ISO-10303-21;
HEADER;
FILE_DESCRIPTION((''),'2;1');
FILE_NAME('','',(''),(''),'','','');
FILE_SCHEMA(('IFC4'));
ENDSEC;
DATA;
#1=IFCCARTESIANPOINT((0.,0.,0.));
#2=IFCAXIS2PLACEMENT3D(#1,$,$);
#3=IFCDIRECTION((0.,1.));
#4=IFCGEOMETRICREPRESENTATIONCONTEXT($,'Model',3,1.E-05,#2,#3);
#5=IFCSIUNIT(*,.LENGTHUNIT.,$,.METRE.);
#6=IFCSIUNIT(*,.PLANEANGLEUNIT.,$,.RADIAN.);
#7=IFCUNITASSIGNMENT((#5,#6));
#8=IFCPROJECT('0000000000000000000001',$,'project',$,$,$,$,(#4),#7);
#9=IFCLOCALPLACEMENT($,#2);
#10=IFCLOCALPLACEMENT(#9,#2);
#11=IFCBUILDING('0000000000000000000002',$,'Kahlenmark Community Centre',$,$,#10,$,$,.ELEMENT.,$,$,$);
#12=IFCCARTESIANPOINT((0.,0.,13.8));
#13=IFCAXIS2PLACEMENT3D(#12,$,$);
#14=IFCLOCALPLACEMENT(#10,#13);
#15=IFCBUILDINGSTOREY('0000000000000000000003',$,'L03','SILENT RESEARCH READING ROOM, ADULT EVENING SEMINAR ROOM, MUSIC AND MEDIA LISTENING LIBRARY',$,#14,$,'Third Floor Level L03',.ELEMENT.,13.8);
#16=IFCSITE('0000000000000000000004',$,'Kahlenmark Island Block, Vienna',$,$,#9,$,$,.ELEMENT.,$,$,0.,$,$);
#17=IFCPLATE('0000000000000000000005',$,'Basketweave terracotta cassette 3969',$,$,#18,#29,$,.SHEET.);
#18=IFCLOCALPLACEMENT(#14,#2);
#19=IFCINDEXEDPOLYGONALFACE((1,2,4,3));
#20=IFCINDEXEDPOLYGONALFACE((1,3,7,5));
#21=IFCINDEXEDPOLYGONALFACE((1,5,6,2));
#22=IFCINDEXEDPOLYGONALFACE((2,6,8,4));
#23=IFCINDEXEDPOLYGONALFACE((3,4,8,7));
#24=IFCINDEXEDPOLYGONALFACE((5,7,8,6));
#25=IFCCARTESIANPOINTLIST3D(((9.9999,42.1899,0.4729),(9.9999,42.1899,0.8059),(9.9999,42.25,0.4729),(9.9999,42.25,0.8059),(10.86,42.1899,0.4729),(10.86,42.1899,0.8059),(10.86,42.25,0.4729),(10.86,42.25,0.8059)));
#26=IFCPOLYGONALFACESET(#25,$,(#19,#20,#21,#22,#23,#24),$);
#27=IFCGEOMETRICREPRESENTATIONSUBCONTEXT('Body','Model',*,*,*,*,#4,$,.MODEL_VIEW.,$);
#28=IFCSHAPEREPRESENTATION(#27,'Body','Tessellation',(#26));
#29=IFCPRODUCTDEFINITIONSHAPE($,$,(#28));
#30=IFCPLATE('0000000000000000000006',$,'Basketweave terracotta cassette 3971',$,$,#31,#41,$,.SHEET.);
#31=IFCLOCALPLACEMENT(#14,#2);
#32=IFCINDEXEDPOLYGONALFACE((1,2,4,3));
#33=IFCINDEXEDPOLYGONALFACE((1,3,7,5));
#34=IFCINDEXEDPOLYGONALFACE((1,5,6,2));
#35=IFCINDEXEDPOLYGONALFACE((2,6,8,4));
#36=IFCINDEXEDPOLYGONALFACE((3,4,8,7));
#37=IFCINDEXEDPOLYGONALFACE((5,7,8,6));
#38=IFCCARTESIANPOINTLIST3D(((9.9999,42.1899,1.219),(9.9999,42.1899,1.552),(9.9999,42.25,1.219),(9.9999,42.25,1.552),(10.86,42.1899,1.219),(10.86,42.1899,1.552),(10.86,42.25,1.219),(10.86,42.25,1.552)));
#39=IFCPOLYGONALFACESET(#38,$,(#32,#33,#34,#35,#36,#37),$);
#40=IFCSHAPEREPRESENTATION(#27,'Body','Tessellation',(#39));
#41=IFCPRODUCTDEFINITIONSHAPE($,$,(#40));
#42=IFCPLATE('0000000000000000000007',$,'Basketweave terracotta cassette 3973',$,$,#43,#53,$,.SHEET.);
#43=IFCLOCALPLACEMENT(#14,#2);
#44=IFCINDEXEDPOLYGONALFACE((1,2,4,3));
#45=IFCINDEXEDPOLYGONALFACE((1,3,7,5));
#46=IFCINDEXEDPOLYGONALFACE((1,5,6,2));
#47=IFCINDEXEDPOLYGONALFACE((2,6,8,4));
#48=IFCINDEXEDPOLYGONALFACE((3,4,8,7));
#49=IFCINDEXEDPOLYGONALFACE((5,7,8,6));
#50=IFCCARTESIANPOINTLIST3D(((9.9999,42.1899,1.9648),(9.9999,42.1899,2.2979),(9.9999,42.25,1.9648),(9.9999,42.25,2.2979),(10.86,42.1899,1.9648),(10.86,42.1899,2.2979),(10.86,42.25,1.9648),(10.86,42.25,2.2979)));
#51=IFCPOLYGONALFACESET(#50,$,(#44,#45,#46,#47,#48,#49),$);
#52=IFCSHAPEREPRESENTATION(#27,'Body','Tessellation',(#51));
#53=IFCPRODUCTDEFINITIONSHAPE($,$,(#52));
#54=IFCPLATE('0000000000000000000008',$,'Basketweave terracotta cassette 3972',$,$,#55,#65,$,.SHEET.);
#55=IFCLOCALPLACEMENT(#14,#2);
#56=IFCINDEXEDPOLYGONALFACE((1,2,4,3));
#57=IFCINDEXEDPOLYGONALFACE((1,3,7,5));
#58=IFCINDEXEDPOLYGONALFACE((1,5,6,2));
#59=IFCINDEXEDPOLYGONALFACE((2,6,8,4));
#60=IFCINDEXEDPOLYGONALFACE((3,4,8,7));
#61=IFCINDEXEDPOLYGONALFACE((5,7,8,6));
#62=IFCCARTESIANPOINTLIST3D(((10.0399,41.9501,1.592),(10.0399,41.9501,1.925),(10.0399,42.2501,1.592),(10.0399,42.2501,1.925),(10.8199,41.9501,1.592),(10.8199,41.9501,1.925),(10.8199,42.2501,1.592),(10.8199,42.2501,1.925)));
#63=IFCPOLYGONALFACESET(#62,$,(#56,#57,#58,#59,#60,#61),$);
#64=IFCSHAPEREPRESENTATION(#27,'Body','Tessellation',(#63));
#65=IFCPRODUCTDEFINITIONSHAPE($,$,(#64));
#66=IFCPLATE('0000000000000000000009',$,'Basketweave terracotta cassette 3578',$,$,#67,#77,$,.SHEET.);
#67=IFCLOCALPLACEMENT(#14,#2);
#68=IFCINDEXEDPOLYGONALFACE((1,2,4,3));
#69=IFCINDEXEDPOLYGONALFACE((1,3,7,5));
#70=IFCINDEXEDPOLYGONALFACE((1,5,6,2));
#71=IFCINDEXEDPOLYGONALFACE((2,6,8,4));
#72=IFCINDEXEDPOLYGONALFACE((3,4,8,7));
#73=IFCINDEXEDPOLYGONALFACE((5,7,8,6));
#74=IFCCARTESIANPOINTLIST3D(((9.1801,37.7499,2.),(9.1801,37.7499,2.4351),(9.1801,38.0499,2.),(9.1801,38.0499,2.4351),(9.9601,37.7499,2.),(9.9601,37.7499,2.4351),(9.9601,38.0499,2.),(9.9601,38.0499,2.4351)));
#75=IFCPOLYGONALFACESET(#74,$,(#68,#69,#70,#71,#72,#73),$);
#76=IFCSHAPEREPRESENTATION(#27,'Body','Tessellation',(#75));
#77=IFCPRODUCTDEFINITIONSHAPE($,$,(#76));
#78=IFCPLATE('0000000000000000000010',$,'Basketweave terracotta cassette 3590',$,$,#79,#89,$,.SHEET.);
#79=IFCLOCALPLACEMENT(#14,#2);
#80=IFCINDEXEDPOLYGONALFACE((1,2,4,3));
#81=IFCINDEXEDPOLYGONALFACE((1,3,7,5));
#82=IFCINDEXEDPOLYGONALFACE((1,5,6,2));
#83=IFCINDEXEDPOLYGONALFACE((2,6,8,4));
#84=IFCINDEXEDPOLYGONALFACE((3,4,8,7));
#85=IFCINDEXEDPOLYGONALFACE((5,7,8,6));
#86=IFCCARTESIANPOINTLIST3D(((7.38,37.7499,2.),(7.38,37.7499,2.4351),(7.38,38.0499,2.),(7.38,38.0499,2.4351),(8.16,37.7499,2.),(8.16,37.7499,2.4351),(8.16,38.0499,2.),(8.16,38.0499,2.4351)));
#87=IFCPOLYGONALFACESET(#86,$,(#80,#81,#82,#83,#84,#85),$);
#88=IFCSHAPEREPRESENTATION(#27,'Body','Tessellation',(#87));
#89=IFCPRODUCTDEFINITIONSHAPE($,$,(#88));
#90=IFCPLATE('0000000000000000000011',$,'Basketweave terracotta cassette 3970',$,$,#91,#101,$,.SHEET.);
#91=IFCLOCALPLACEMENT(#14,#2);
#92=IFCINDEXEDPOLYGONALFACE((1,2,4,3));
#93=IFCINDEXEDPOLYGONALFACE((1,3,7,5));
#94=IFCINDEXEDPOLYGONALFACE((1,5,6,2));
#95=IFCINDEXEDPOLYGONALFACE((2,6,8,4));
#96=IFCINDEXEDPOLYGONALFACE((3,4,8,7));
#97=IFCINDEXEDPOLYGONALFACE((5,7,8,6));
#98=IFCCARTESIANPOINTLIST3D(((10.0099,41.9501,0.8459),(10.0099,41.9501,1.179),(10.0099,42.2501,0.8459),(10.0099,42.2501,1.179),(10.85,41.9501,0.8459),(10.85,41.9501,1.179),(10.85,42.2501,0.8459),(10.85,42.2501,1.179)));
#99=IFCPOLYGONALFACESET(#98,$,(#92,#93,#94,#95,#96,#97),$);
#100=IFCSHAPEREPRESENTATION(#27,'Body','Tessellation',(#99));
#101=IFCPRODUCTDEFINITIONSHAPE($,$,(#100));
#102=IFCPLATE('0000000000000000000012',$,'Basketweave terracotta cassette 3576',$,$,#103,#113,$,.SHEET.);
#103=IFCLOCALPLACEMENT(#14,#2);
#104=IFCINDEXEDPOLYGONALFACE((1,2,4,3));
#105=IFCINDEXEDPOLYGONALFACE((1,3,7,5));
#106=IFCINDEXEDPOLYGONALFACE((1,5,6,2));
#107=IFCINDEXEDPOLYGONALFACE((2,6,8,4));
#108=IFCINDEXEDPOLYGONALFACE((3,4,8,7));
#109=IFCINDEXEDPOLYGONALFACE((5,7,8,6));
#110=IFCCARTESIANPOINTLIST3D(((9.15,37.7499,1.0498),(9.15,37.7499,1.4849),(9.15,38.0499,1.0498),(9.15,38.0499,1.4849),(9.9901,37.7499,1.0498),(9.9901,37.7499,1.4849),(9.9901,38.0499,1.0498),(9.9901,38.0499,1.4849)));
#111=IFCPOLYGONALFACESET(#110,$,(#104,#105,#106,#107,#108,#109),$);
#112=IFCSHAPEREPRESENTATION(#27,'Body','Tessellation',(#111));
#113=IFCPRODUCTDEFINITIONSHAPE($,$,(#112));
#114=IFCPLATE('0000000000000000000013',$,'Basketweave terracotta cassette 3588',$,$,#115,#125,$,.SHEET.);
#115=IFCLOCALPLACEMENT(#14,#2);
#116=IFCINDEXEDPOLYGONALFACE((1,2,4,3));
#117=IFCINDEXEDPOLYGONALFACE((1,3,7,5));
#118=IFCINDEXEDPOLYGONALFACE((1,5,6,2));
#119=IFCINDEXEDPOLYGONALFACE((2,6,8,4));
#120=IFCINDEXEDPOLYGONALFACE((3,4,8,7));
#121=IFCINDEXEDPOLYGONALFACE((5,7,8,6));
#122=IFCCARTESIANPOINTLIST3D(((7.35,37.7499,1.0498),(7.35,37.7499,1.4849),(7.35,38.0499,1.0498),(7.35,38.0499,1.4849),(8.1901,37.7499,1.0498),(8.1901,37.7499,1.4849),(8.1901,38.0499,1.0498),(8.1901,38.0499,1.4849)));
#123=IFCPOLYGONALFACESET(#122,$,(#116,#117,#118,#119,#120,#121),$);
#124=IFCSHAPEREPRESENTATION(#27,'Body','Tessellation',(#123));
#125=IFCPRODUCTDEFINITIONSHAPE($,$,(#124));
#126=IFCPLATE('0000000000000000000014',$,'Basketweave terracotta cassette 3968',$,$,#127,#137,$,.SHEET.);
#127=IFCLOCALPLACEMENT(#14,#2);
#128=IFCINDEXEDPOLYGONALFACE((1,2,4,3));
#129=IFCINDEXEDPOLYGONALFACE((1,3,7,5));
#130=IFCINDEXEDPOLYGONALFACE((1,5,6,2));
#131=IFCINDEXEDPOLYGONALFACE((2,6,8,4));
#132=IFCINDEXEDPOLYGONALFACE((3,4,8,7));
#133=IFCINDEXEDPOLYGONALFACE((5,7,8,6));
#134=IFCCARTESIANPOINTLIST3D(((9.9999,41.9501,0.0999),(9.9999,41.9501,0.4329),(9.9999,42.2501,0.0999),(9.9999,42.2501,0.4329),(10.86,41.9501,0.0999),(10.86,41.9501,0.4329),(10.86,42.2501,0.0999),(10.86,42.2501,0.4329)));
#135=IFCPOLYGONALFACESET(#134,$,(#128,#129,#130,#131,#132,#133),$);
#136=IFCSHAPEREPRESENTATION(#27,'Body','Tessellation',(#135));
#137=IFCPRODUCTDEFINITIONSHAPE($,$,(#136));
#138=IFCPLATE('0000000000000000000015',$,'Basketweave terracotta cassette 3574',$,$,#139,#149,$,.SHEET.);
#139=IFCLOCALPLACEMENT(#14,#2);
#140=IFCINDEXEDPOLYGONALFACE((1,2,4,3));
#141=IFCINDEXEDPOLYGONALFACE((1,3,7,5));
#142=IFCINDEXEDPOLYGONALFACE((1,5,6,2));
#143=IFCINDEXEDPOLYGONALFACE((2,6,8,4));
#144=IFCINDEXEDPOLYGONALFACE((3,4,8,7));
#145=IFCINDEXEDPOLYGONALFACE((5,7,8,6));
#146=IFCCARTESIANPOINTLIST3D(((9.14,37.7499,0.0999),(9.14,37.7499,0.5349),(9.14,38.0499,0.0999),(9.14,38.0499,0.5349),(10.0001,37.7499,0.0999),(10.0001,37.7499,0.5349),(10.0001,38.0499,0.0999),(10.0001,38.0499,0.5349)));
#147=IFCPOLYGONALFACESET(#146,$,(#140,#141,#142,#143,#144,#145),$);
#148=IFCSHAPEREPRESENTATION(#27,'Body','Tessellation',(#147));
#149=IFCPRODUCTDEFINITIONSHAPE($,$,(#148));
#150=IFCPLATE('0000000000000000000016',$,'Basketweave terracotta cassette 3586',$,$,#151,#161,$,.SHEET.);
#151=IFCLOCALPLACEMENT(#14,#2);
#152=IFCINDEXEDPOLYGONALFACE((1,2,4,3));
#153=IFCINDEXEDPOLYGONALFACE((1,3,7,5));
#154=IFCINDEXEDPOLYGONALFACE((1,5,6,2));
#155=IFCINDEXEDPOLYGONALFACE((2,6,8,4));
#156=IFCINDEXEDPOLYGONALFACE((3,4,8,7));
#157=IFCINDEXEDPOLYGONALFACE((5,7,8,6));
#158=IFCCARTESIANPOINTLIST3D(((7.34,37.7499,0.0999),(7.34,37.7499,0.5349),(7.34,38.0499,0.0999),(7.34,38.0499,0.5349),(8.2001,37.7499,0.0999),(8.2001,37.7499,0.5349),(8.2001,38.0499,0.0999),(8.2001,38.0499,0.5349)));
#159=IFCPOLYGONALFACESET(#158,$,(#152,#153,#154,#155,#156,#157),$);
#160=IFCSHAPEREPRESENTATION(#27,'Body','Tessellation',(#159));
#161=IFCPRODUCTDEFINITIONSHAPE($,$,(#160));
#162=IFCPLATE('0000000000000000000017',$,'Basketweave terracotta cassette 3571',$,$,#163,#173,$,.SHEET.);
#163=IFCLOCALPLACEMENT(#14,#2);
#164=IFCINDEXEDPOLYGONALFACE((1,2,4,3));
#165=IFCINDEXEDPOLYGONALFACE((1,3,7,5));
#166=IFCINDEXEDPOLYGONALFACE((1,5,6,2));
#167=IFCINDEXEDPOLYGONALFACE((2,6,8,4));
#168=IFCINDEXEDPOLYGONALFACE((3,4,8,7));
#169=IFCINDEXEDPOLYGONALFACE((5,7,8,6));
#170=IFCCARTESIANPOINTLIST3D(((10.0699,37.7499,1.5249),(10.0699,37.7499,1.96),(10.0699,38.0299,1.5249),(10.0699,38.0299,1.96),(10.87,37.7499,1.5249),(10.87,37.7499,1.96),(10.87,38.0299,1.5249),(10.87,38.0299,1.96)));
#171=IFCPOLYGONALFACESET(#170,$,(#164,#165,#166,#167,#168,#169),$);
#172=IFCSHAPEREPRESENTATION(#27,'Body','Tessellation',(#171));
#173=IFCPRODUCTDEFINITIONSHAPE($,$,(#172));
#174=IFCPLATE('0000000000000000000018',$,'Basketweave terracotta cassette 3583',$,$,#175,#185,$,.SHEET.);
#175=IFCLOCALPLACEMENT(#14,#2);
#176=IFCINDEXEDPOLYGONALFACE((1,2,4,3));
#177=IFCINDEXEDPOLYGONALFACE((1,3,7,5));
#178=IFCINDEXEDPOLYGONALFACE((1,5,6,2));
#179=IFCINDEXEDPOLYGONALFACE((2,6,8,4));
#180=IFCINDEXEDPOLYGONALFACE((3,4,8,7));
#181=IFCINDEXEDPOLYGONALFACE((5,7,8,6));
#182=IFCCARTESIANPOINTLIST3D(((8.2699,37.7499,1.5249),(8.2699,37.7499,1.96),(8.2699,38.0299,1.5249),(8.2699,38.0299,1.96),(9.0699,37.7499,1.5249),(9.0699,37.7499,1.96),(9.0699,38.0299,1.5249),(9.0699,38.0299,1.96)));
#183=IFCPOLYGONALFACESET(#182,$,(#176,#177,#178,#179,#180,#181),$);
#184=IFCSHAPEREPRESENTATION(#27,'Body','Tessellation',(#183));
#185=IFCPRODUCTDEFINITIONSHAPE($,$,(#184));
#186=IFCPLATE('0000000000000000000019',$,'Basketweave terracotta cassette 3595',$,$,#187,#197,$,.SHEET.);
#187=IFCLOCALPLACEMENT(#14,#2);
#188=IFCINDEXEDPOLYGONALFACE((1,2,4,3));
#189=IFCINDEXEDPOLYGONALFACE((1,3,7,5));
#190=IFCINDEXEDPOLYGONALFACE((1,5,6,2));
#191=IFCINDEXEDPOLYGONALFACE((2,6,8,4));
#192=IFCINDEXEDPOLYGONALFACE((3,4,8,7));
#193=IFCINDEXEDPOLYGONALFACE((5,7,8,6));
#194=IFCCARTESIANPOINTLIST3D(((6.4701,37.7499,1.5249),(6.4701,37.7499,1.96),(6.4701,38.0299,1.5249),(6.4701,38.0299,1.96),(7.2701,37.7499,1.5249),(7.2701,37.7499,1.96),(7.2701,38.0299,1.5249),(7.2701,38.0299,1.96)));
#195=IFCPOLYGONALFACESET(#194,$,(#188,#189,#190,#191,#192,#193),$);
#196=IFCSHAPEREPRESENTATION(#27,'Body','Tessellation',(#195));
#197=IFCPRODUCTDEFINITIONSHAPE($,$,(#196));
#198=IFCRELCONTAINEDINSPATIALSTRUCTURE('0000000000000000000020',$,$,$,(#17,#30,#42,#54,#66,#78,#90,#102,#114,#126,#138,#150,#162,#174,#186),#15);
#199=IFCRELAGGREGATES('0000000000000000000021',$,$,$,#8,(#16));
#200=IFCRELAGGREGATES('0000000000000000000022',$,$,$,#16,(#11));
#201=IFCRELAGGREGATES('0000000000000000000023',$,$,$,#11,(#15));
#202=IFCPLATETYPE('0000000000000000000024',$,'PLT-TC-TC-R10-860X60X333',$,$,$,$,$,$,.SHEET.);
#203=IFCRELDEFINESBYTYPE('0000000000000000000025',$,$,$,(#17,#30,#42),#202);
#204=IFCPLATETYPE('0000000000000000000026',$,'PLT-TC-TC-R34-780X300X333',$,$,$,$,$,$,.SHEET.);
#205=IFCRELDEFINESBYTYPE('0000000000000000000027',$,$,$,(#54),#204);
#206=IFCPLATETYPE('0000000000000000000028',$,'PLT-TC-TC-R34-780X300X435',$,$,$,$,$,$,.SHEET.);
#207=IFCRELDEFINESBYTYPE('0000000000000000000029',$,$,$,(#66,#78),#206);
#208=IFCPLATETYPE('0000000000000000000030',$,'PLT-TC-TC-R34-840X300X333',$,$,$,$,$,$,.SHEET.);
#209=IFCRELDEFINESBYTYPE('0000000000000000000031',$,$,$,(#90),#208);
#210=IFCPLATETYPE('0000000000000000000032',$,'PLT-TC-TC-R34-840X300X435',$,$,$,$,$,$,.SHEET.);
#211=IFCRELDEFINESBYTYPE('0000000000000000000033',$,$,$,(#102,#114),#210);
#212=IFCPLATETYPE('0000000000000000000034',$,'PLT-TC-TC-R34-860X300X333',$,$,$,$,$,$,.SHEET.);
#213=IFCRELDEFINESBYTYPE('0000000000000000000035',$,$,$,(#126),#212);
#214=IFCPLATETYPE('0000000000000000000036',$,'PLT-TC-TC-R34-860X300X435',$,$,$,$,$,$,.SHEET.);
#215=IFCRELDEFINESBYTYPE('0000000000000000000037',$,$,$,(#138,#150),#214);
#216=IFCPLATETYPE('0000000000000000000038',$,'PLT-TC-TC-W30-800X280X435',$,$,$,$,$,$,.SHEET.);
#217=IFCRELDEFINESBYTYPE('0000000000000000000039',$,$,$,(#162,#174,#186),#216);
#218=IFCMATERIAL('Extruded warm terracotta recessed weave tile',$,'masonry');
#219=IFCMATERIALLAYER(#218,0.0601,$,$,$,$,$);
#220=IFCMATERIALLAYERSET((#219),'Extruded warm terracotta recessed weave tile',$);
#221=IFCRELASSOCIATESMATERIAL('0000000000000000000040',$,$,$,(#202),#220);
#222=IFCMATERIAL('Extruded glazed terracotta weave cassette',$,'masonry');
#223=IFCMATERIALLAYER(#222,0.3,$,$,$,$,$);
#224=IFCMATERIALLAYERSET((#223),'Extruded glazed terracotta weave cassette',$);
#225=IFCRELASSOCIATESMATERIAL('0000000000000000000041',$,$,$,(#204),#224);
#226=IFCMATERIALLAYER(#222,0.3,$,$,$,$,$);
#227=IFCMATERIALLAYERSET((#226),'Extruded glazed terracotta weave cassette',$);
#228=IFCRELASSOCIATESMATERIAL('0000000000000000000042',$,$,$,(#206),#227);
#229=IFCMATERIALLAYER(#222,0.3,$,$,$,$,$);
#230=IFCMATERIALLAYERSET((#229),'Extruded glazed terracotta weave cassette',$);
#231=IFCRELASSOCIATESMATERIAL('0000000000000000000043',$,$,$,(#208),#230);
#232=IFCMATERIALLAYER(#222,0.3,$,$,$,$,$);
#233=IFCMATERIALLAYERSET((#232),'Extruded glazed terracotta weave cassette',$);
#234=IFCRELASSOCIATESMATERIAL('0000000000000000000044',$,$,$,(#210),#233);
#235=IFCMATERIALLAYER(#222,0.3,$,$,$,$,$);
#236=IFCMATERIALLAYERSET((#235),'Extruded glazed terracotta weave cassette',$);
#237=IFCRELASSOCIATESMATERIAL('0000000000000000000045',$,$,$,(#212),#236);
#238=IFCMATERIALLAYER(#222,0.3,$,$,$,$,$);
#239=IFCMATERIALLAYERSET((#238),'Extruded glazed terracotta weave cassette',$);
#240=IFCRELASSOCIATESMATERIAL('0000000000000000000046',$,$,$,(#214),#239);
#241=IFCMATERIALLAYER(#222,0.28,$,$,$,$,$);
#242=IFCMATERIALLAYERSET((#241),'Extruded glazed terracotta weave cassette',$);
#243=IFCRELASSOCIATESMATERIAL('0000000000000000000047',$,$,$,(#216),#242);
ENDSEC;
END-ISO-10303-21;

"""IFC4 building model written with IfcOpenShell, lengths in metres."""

from ifc_helpers import new_model, si_unit, direction, frame, origin, origin_2d, place, context, subcontext, project, spatial, rectangle, extrude, material, layer, layer_set, type_object, element, save


model = new_model("IFC4")

# Units and contexts
model_context = context("Model", 3, precision=1e-05, world=origin(), true_north=direction((0.0, 1.0)))
body_context = subcontext(model_context, "Body", "Model", "MODEL_VIEW")
ifc_project = project(units=[si_unit("LENGTHUNIT", "METRE"), si_unit("PLANEANGLEUNIT", "RADIAN")], contexts=[model_context])

# Site, building, storey
site_placement = place(None, origin())
site = spatial("IfcSite", under=ifc_project, at=site_placement, Name="Kahlenmark Island Block, Vienna", CompositionType="ELEMENT", RefElevation=0.0)
building_placement = place(site_placement, origin())
building = spatial("IfcBuilding", under=site, at=building_placement, Name="Kahlenmark Community Centre", CompositionType="ELEMENT")
storey_placement = place(building_placement, frame((0.0, 0.0, 13.8)))
storey = spatial("IfcBuildingStorey", under=building, at=storey_placement, Name="L03", Description="SILENT RESEARCH READING ROOM, ADULT EVENING SEMINAR ROOM, MUSIC AND MEDIA LISTENING LIBRARY", LongName="Third Floor Level L03", CompositionType="ELEMENT", Elevation=13.8)

# Plates
ifc_material_1 = material(Name="Extruded warm terracotta recessed weave tile", Category="masonry")
ifc_layer_1 = layer(ifc_material_1, 0.0601)
ifc_layer_set_1 = layer_set([ifc_layer_1], Name="Extruded warm terracotta recessed weave tile")
plate_type_1 = type_object("IfcPlateType", Name="PLT-TC-TC-R10-860X60X333", PredefinedType="SHEET", material=ifc_layer_set_1)
for number, where, z_axis, x_axis, name in (
    (1, (10.4299, 42.22, 0.4729), (0.0, 0.0, 1.0), (1.0, 0.0, 0.0), "Basketweave terracotta cassette 3969"),
    (2, (10.4299, 42.22, 1.219), (0.0, 0.0, 1.0), (1.0, 0.0, 0.0), "Basketweave terracotta cassette 3971"),
    (3, (10.4299, 42.22, 1.9648), (0.0, 0.0, 1.0), (1.0, 0.0, 0.0), "Basketweave terracotta cassette 3973"),
):
    element("IfcPlate", number, at=place(storey_placement, frame(where, z_axis=z_axis, x_axis=x_axis)), inside=storey, type_object=plate_type_1, Name=name, PredefinedType="SHEET", context=body_context, shape_type="SweptSolid", body=[
        extrude(rectangle(XDim=0.8601, YDim=0.0601, at=origin_2d()), origin(), (0.0, 0.0, 1.0), 0.333),
    ])
ifc_material_2 = material(Name="Extruded glazed terracotta weave cassette", Category="masonry")
ifc_layer_2 = layer(ifc_material_2, 0.3)
ifc_layer_set_2 = layer_set([ifc_layer_2], Name="Extruded glazed terracotta weave cassette")
plate_type_2 = type_object("IfcPlateType", Name="PLT-TC-TC-R34-780X300X333", PredefinedType="SHEET", material=ifc_layer_set_2)
plate_1_placement = place(storey_placement, frame((10.4299, 42.1001, 1.592), z_axis=(0.0, 0.0, 1.0), x_axis=(1.0, 0.0, 0.0)))
element("IfcPlate", 4, at=plate_1_placement, inside=storey, type_object=plate_type_2, Name="Basketweave terracotta cassette 3972", PredefinedType="SHEET", context=body_context, shape_type="SweptSolid", body=[
    extrude(rectangle(XDim=0.78, YDim=0.3, at=origin_2d()), origin(), (0.0, 0.0, 1.0), 0.333),
])
ifc_layer_3 = layer(ifc_material_2, 0.3)
ifc_layer_set_3 = layer_set([ifc_layer_3], Name="Extruded glazed terracotta weave cassette")
plate_type_3 = type_object("IfcPlateType", Name="PLT-TC-TC-R34-780X300X435", PredefinedType="SHEET", material=ifc_layer_set_3)
for number, where, z_axis, x_axis, name in (
    (5, (9.5701, 37.8999, 2.0), (0.0, 0.0, 1.0), (-1.0, 0.0, 0.0), "Basketweave terracotta cassette 3578"),
    (6, (7.77, 37.8999, 2.0), (0.0, 0.0, 1.0), (-1.0, 0.0, 0.0), "Basketweave terracotta cassette 3590"),
):
    element("IfcPlate", number, at=place(storey_placement, frame(where, z_axis=z_axis, x_axis=x_axis)), inside=storey, type_object=plate_type_3, Name=name, PredefinedType="SHEET", context=body_context, shape_type="SweptSolid", body=[
        extrude(rectangle(XDim=0.78, YDim=0.3, at=origin_2d()), origin(), (0.0, 0.0, 1.0), 0.4351),
    ])
ifc_layer_4 = layer(ifc_material_2, 0.3)
ifc_layer_set_4 = layer_set([ifc_layer_4], Name="Extruded glazed terracotta weave cassette")
plate_type_4 = type_object("IfcPlateType", Name="PLT-TC-TC-R34-840X300X333", PredefinedType="SHEET", material=ifc_layer_set_4)
plate_2_placement = place(storey_placement, frame((10.4299, 42.1001, 0.8459), z_axis=(0.0, 0.0, 1.0), x_axis=(1.0, 0.0, 0.0)))
element("IfcPlate", 7, at=plate_2_placement, inside=storey, type_object=plate_type_4, Name="Basketweave terracotta cassette 3970", PredefinedType="SHEET", context=body_context, shape_type="SweptSolid", body=[
    extrude(rectangle(XDim=0.8401, YDim=0.3, at=origin_2d()), origin(), (0.0, 0.0, 1.0), 0.333),
])
ifc_layer_5 = layer(ifc_material_2, 0.3)
ifc_layer_set_5 = layer_set([ifc_layer_5], Name="Extruded glazed terracotta weave cassette")
plate_type_5 = type_object("IfcPlateType", Name="PLT-TC-TC-R34-840X300X435", PredefinedType="SHEET", material=ifc_layer_set_5)
for number, where, z_axis, x_axis, name in (
    (8, (9.5701, 37.8999, 1.0498), (0.0, 0.0, 1.0), (-1.0, 0.0, 0.0), "Basketweave terracotta cassette 3576"),
    (9, (7.77, 37.8999, 1.0498), (0.0, 0.0, 1.0), (-1.0, 0.0, 0.0), "Basketweave terracotta cassette 3588"),
):
    element("IfcPlate", number, at=place(storey_placement, frame(where, z_axis=z_axis, x_axis=x_axis)), inside=storey, type_object=plate_type_5, Name=name, PredefinedType="SHEET", context=body_context, shape_type="SweptSolid", body=[
        extrude(rectangle(XDim=0.8401, YDim=0.3, at=origin_2d()), origin(), (0.0, 0.0, 1.0), 0.4351),
    ])
ifc_layer_6 = layer(ifc_material_2, 0.3)
ifc_layer_set_6 = layer_set([ifc_layer_6], Name="Extruded glazed terracotta weave cassette")
plate_type_6 = type_object("IfcPlateType", Name="PLT-TC-TC-R34-860X300X333", PredefinedType="SHEET", material=ifc_layer_set_6)
plate_3_placement = place(storey_placement, frame((10.4299, 42.1001, 0.0999), z_axis=(0.0, 0.0, 1.0), x_axis=(1.0, 0.0, 0.0)))
element("IfcPlate", 10, at=plate_3_placement, inside=storey, type_object=plate_type_6, Name="Basketweave terracotta cassette 3968", PredefinedType="SHEET", context=body_context, shape_type="SweptSolid", body=[
    extrude(rectangle(XDim=0.8601, YDim=0.3, at=origin_2d()), origin(), (0.0, 0.0, 1.0), 0.333),
])
ifc_layer_7 = layer(ifc_material_2, 0.3)
ifc_layer_set_7 = layer_set([ifc_layer_7], Name="Extruded glazed terracotta weave cassette")
plate_type_7 = type_object("IfcPlateType", Name="PLT-TC-TC-R34-860X300X435", PredefinedType="SHEET", material=ifc_layer_set_7)
for number, where, z_axis, x_axis, name in (
    (11, (9.5701, 37.8999, 0.0999), (0.0, 0.0, 1.0), (-1.0, 0.0, 0.0), "Basketweave terracotta cassette 3574"),
    (12, (7.77, 37.8999, 0.0999), (0.0, 0.0, 1.0), (-1.0, 0.0, 0.0), "Basketweave terracotta cassette 3586"),
):
    element("IfcPlate", number, at=place(storey_placement, frame(where, z_axis=z_axis, x_axis=x_axis)), inside=storey, type_object=plate_type_7, Name=name, PredefinedType="SHEET", context=body_context, shape_type="SweptSolid", body=[
        extrude(rectangle(XDim=0.8601, YDim=0.3, at=origin_2d()), origin(), (0.0, 0.0, 1.0), 0.4351),
    ])
ifc_layer_8 = layer(ifc_material_2, 0.28)
ifc_layer_set_8 = layer_set([ifc_layer_8], Name="Extruded glazed terracotta weave cassette")
plate_type_8 = type_object("IfcPlateType", Name="PLT-TC-TC-W30-800X280X435", PredefinedType="SHEET", material=ifc_layer_set_8)
for number, where, z_axis, x_axis, name in (
    (13, (10.47, 37.8899, 1.5249), (0.0, 0.0, 1.0), (-1.0, 0.0, 0.0), "Basketweave terracotta cassette 3571"),
    (14, (8.6699, 37.8899, 1.5249), (0.0, 0.0, 1.0), (-1.0, 0.0, 0.0), "Basketweave terracotta cassette 3583"),
    (15, (6.8701, 37.8899, 1.5249), (0.0, 0.0, 1.0), (-1.0, 0.0, 0.0), "Basketweave terracotta cassette 3595"),
):
    element("IfcPlate", number, at=place(storey_placement, frame(where, z_axis=z_axis, x_axis=x_axis)), inside=storey, type_object=plate_type_8, Name=name, PredefinedType="SHEET", context=body_context, shape_type="SweptSolid", body=[
        extrude(rectangle(XDim=0.8, YDim=0.28, at=origin_2d()), origin(), (0.0, 0.0, 1.0), 0.4351),
    ])

save(model, "model.ifc")
